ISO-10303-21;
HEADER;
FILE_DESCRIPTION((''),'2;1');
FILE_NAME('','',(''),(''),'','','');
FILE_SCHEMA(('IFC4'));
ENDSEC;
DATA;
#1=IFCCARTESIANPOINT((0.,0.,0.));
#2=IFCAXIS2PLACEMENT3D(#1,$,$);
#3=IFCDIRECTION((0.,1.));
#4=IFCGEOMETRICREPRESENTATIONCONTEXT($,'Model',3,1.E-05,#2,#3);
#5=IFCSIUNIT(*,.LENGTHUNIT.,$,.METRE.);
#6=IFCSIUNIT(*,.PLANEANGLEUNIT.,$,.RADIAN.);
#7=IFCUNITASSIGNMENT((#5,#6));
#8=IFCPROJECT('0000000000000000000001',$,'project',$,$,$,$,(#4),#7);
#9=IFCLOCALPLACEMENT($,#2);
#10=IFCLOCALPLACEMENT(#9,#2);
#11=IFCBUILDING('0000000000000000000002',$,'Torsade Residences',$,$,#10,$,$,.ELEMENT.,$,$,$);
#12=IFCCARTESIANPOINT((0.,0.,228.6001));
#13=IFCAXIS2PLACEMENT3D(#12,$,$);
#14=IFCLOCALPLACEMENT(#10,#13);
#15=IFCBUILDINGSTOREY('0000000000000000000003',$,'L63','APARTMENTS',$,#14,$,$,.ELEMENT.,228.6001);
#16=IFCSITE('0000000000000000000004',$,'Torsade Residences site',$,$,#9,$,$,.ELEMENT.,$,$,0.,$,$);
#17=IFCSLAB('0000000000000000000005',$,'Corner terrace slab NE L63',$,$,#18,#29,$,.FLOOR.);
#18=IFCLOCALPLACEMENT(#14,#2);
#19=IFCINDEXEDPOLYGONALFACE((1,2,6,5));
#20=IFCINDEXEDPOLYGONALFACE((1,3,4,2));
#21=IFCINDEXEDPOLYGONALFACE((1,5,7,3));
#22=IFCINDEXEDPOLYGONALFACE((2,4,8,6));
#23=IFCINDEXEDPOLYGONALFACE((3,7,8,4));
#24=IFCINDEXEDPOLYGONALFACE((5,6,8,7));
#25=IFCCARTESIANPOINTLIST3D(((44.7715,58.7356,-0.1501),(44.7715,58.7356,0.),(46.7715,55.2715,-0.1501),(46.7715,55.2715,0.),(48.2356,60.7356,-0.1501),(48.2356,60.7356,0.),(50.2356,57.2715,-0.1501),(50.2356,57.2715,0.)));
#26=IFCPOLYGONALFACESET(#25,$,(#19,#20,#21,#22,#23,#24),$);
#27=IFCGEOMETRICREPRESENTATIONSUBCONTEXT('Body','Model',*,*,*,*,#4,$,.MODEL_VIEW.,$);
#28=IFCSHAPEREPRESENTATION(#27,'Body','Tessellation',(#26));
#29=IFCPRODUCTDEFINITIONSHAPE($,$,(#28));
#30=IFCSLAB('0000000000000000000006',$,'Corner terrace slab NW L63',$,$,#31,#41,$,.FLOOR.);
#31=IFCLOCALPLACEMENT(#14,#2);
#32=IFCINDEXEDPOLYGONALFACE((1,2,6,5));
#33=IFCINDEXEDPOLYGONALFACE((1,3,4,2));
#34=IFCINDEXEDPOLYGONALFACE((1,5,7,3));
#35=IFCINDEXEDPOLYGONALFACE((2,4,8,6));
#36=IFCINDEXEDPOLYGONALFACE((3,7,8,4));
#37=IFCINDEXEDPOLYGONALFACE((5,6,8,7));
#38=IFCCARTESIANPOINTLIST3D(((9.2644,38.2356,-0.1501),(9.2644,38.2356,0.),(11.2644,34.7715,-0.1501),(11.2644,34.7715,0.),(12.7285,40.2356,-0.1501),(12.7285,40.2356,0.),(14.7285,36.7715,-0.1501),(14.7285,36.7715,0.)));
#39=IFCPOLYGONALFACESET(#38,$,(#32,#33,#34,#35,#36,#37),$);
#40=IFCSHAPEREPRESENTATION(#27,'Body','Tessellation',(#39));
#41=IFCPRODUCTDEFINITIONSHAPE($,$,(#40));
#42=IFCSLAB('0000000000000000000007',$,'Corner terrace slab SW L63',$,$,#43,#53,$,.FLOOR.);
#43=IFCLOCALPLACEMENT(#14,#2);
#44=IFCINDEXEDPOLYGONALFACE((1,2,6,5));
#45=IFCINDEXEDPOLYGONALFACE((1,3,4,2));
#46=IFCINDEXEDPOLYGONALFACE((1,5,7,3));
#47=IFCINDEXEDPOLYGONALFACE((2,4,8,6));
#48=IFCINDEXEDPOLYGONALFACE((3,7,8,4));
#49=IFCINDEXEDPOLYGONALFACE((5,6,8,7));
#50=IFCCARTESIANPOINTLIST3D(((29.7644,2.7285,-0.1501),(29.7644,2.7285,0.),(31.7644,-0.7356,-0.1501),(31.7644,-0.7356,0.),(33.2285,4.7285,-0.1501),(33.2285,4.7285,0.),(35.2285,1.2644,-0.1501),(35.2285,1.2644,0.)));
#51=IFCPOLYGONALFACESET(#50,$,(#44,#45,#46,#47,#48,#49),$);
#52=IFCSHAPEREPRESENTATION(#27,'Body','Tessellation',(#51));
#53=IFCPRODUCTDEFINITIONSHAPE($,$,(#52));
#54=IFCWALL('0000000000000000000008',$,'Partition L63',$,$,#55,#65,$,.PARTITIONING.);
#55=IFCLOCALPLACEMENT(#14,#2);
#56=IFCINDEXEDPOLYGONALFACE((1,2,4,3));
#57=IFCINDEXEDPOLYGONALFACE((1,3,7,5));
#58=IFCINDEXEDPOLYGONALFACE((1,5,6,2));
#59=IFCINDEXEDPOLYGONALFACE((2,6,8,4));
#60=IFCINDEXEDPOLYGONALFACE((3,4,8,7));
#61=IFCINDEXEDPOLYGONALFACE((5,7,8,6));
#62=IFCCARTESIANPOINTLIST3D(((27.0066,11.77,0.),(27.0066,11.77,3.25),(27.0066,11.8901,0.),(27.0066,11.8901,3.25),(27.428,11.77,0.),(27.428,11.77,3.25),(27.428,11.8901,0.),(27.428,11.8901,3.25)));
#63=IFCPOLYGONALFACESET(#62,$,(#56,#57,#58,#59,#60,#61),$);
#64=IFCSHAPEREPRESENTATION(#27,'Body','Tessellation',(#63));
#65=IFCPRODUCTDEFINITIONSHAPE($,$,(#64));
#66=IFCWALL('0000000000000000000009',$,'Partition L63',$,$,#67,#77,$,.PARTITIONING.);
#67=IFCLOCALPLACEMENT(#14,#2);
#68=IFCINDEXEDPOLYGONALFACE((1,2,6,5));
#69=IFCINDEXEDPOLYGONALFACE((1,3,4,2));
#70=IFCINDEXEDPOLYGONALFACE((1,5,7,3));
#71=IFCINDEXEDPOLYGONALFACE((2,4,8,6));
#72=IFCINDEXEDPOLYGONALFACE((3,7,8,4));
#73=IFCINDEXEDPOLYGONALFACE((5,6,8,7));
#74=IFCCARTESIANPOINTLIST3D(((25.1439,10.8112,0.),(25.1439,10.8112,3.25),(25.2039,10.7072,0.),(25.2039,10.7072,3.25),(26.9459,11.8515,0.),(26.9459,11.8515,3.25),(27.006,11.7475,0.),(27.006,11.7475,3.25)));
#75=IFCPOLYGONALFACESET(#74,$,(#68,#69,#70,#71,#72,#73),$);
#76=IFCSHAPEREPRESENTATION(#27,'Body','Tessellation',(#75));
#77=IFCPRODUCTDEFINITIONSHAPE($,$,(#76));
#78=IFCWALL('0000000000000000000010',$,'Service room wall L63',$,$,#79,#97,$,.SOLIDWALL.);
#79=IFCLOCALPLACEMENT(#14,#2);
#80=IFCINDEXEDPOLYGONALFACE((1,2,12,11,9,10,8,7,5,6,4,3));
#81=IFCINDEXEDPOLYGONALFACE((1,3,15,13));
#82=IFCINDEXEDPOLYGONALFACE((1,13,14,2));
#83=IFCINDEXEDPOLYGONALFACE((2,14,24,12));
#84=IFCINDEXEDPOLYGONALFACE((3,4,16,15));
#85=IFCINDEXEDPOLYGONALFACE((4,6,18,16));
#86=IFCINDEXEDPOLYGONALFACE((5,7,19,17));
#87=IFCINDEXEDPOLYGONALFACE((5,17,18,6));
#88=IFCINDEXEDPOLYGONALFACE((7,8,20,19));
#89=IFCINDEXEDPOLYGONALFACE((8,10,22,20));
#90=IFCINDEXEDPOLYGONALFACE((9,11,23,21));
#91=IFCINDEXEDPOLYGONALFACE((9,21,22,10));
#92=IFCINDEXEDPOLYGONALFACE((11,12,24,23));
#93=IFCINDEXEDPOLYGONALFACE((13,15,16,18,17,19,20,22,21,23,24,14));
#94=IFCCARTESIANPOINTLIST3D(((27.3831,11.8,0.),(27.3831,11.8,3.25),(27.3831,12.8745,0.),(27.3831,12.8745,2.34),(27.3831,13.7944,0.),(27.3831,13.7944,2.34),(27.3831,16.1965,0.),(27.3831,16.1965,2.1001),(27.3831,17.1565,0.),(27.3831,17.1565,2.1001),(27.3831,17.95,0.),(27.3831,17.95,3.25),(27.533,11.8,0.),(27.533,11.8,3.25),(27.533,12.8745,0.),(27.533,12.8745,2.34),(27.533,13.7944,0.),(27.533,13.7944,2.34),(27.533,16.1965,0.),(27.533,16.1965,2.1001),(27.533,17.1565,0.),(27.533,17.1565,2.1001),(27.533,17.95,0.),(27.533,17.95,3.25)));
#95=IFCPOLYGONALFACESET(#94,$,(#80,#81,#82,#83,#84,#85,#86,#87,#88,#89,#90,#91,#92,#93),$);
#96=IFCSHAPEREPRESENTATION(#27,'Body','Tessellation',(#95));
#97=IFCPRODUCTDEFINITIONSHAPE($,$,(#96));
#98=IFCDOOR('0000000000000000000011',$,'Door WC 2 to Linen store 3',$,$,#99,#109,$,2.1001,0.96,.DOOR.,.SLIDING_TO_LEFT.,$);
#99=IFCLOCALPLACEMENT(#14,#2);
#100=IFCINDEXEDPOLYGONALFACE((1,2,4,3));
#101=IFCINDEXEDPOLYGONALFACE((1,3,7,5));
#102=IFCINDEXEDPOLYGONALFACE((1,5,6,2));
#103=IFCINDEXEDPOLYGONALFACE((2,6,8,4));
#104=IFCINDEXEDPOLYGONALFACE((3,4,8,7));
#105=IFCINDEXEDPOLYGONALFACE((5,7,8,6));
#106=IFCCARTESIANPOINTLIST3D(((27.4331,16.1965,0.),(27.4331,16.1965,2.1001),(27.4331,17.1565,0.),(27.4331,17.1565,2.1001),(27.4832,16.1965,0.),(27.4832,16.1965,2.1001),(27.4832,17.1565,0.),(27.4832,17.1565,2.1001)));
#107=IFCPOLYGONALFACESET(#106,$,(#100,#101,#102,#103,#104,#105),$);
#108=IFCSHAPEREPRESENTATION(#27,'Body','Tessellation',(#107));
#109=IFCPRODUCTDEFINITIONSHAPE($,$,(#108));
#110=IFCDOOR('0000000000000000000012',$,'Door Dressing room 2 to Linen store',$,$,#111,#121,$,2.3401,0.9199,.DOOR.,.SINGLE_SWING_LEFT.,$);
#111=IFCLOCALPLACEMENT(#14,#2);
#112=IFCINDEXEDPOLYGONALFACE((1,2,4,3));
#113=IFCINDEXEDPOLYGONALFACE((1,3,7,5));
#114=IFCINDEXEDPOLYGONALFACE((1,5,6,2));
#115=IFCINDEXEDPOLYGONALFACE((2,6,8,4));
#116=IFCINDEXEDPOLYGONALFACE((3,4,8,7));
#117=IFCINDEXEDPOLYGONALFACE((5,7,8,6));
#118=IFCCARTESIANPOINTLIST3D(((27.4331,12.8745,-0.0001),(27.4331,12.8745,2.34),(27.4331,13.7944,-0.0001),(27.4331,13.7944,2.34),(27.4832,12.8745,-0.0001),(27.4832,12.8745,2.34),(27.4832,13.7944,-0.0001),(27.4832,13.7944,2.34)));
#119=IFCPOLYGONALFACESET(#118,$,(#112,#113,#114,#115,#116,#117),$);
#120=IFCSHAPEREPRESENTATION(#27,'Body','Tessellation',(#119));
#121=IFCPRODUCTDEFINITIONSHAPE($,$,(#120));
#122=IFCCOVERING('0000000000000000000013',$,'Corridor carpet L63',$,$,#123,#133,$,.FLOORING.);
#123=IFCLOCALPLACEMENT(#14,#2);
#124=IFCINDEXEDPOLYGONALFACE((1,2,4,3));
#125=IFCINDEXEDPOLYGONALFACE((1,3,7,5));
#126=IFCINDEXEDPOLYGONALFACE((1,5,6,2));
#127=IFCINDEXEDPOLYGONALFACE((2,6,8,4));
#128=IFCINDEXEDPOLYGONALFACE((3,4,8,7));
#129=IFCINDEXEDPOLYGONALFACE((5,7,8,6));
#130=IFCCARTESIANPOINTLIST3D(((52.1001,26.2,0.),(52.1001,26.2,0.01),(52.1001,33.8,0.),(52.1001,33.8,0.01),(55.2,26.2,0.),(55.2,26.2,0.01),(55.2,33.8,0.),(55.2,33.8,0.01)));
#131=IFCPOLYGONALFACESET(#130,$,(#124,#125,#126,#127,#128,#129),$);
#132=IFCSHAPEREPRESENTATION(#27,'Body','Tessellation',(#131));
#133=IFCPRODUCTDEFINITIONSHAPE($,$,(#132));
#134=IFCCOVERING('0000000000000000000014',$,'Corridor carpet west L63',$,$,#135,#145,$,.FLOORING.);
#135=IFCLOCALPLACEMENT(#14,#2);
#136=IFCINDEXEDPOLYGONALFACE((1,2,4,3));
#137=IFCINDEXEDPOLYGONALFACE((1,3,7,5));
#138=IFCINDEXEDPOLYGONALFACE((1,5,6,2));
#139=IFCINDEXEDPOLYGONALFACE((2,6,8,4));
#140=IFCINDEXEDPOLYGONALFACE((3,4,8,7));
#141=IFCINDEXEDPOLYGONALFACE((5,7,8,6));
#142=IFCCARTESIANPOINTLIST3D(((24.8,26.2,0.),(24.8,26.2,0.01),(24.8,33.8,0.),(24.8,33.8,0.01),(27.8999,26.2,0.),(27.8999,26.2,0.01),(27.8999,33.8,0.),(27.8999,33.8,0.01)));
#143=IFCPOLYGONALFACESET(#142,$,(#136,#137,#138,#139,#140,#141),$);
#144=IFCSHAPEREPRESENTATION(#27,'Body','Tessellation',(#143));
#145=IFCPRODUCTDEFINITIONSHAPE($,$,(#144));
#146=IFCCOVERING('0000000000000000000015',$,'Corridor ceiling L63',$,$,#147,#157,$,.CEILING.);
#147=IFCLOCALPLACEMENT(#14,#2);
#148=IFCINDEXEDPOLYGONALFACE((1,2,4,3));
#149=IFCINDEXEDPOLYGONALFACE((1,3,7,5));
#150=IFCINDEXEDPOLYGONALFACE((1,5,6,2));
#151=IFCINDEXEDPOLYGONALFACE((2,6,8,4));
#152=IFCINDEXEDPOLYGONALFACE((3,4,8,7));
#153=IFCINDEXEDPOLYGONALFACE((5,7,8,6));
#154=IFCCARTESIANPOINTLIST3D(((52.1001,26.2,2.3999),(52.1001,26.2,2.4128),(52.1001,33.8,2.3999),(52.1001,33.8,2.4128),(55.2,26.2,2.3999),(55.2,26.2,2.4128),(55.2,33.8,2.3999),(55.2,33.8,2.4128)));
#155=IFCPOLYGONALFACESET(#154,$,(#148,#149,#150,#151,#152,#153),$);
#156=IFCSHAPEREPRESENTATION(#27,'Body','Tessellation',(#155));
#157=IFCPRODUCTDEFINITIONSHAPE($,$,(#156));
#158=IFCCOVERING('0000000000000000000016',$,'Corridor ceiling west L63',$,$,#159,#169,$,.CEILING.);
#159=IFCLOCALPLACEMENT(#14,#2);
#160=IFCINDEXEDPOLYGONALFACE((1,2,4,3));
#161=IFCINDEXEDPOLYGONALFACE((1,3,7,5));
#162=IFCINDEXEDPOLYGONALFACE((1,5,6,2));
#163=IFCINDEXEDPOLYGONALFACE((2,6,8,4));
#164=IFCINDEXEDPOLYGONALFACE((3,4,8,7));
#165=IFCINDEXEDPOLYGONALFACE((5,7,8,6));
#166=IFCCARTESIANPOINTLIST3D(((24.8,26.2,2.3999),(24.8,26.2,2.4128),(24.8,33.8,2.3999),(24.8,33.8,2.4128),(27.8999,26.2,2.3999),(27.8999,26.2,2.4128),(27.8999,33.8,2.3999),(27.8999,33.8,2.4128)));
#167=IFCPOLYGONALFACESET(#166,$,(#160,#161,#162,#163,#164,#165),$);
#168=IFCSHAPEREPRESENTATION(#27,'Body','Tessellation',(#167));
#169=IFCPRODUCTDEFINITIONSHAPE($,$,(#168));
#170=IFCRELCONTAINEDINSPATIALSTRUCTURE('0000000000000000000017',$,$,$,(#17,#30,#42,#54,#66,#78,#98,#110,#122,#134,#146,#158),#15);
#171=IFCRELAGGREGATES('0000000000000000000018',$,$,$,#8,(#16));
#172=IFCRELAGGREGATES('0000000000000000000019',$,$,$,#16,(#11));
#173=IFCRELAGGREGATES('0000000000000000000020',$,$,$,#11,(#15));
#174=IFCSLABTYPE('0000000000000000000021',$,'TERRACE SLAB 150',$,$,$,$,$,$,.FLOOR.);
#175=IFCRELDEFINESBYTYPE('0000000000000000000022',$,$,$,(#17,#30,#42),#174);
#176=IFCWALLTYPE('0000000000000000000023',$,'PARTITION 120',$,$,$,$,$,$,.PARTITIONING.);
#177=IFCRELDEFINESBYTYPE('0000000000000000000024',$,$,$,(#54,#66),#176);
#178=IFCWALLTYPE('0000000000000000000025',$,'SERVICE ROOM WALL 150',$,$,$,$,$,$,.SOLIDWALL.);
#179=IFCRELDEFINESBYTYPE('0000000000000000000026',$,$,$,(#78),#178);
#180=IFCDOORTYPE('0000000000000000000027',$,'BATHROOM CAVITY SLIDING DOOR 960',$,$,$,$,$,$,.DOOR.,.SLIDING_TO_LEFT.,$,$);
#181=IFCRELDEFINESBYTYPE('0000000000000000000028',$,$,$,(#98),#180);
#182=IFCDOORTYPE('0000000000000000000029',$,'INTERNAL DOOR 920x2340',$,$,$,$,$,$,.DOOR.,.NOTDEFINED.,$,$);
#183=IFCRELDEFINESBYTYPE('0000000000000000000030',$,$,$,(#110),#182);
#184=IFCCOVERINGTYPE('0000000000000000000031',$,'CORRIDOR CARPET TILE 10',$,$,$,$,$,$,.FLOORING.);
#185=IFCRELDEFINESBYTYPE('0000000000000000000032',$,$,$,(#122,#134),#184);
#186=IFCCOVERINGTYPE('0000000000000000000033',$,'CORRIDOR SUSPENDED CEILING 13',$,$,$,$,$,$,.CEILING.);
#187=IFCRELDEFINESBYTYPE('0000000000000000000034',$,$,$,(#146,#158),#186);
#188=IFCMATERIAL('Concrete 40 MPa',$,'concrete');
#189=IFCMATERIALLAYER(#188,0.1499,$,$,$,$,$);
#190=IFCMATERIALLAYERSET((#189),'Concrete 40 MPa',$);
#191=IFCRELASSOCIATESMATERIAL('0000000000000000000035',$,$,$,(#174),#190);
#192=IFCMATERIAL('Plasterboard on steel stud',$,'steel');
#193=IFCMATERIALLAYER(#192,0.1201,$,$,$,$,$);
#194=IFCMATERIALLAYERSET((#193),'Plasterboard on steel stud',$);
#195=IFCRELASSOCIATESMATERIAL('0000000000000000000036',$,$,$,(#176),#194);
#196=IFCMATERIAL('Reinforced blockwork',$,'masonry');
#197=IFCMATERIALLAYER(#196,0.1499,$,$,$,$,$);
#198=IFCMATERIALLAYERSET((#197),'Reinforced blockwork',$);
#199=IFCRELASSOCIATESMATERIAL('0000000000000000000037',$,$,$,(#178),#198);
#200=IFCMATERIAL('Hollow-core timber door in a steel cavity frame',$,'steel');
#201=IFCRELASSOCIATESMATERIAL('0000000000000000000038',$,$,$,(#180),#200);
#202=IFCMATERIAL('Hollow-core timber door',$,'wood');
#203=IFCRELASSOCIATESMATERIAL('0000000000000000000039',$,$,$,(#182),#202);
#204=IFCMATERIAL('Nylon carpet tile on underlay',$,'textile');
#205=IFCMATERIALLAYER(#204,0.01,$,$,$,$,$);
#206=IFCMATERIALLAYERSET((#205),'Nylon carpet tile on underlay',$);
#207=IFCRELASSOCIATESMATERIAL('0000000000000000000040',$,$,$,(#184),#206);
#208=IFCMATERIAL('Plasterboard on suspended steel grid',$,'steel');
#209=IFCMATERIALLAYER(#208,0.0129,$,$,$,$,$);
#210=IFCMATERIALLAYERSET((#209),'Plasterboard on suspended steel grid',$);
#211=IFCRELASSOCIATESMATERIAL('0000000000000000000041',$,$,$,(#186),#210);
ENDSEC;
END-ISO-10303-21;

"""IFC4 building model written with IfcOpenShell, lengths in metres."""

from ifc_helpers import new_model, si_unit, direction, frame, frame_2d, origin, place, context, subcontext, project, spatial, polyline, rectangle, outline, extrude, material, layer, layer_set, type_object, element, fill, save


model = new_model("IFC4")

# Units and contexts
model_context = context("Model", 3, precision=1e-05, world=origin(), true_north=direction((0.0, 1.0)))
body_context = subcontext(model_context, "Body", "Model", "MODEL_VIEW")
ifc_project = project(units=[si_unit("LENGTHUNIT", "METRE"), si_unit("PLANEANGLEUNIT", "RADIAN")], contexts=[model_context])

# Site, building, storey
site_placement = place(None, origin())
site = spatial("IfcSite", under=ifc_project, at=site_placement, Name="Torsade Residences site", CompositionType="ELEMENT", RefElevation=0.0)
building_placement = place(site_placement, origin())
building = spatial("IfcBuilding", under=site, at=building_placement, Name="Torsade Residences", CompositionType="ELEMENT")
storey_placement = place(building_placement, frame((0.0, 0.0, 228.6001)))
storey = spatial("IfcBuildingStorey", under=building, at=storey_placement, Name="L63", Description="APARTMENTS", CompositionType="ELEMENT", Elevation=228.6001)

# Slabs
ifc_material_1 = material(Name="Concrete 40 MPa", Category="concrete")
ifc_layer_1 = layer(ifc_material_1, 0.1499)
ifc_layer_set_1 = layer_set([ifc_layer_1], Name="Concrete 40 MPa")
slab_type_1 = type_object("IfcSlabType", Name="TERRACE SLAB 150", PredefinedType="FLOOR", material=ifc_layer_set_1)
slab_1_placement = place(storey_placement, frame((0.0, 0.0, -0.1501)))
element("IfcSlab", 1, at=slab_1_placement, inside=storey, type_object=slab_type_1, Name="Corner terrace slab NE L63", PredefinedType="FLOOR", context=body_context, shape_type="SweptSolid", body=[
    extrude(outline(polyline([(46.7715, 55.2715), (50.2356, 57.2715), (48.2356, 60.7356), (44.7715, 58.7356), (46.7715, 55.2715)])), origin(), (0.0, 0.0, 1.0), 0.1501),
])
slab_2_placement = place(storey_placement, frame((0.0, 0.0, -0.1501)))
element("IfcSlab", 2, at=slab_2_placement, inside=storey, type_object=slab_type_1, Name="Corner terrace slab NW L63", PredefinedType="FLOOR", context=body_context, shape_type="SweptSolid", body=[
    extrude(outline(polyline([(11.2644, 34.7715), (14.7285, 36.7715), (12.7285, 40.2356), (9.2644, 38.2356), (11.2644, 34.7715)])), origin(), (0.0, 0.0, 1.0), 0.1501),
])
slab_3_placement = place(storey_placement, frame((0.0, 0.0, -0.1501)))
element("IfcSlab", 3, at=slab_3_placement, inside=storey, type_object=slab_type_1, Name="Corner terrace slab SW L63", PredefinedType="FLOOR", context=body_context, shape_type="SweptSolid", body=[
    extrude(outline(polyline([(31.7644, -0.7356), (35.2285, 1.2644), (33.2285, 4.7285), (29.7644, 2.7285), (31.7644, -0.7356)])), origin(), (0.0, 0.0, 1.0), 0.1501),
])

# Walls
ifc_material_2 = material(Name="Plasterboard on steel stud", Category="steel")
ifc_layer_2 = layer(ifc_material_2, 0.1201)
ifc_layer_set_2 = layer_set([ifc_layer_2], Name="Plasterboard on steel stud")
wall_type_1 = type_object("IfcWallType", Name="PARTITION 120", PredefinedType="PARTITIONING", material=ifc_layer_set_2)
wall_1_placement = place(storey_placement, frame((27.428, 11.8301, 0.0), z_axis=(0.0, 0.0, 1.0), x_axis=(-1.0, 0.0, 0.0)))
element("IfcWall", 4, at=wall_1_placement, inside=storey, type_object=wall_type_1, Name="Partition L63", PredefinedType="PARTITIONING", context=body_context, shape_type="SweptSolid", body=[
    extrude(rectangle(XDim=0.4214, YDim=0.1201, at=frame_2d((0.2107, 0.0))), origin(), (0.0, 0.0, 1.0), 3.25),
])
wall_2_placement = place(storey_placement, frame((26.9761, 11.7996, 0.0), z_axis=(0.0, 0.0, 1.0), x_axis=(-0.866047, -0.499963, 0.0)))
element("IfcWall", 5, at=wall_2_placement, inside=storey, type_object=wall_type_1, Name="Partition L63", PredefinedType="PARTITIONING", context=body_context, shape_type="SweptSolid", body=[
    extrude(rectangle(XDim=2.0808, YDim=0.1201, at=frame_2d((1.0405, 0.0))), origin(), (0.0, 0.0, 1.0), 3.25),
])

# Wall, openings, doors
ifc_material_3 = material(Name="Reinforced blockwork", Category="masonry")
ifc_layer_3 = layer(ifc_material_3, 0.1499)
ifc_layer_set_3 = layer_set([ifc_layer_3], Name="Reinforced blockwork")
wall_type_2 = type_object("IfcWallType", Name="SERVICE ROOM WALL 150", PredefinedType="SOLIDWALL", material=ifc_layer_set_3)
wall_3_placement = place(storey_placement, frame((27.458, 11.8, 0.0), z_axis=(0.0, 0.0, 1.0), x_axis=(0.0, 1.0, 0.0)))
wall_3 = element("IfcWall", 6, at=wall_3_placement, inside=storey, type_object=wall_type_2, Name="Service room wall L63", PredefinedType="SOLIDWALL", context=body_context, shape_type="SweptSolid", body=[
    extrude(rectangle(XDim=6.1499, YDim=0.1499, at=frame_2d((3.075, 0.0))), origin(), (0.0, 0.0, 1.0), 3.25),
])
opening_1_placement = place(wall_3_placement, frame((4.3965, 0.0, 0.0)))
opening_1 = element("IfcOpeningElement", 7, at=opening_1_placement, cuts=wall_3, PredefinedType="OPENING", context=body_context, shape_type="SweptSolid", body=[
    extrude(rectangle(XDim=0.96, YDim=2.1001, at=frame_2d((0.48, 1.05))), frame((0.0, 0.085, 0.0), z_axis=(0.0, -1.0, 0.0), x_axis=(1.0, 0.0, 0.0)), (0.0, 0.0, 1.0), 0.1699),
])
opening_2_placement = place(wall_3_placement, frame((1.0745, 0.0, 0.0)))
opening_2 = element("IfcOpeningElement", 8, at=opening_2_placement, cuts=wall_3, PredefinedType="OPENING", context=body_context, shape_type="SweptSolid", body=[
    extrude(rectangle(XDim=0.9199, YDim=2.3401, at=frame_2d((0.46, 1.1699))), frame((0.0, 0.085, 0.0), z_axis=(0.0, -1.0, 0.0), x_axis=(1.0, 0.0, 0.0)), (0.0, 0.0, 1.0), 0.1699),
])
ifc_material_4 = material(Name="Hollow-core timber door in a steel cavity frame", Category="steel")
door_type_1 = type_object("IfcDoorType", Name="BATHROOM CAVITY SLIDING DOOR 960", OperationType="SLIDING_TO_LEFT", PredefinedType="DOOR", material=ifc_material_4)
door_1_placement = place(opening_1_placement, origin())
door_1 = element("IfcDoor", 9, at=door_1_placement, inside=storey, type_object=door_type_1, Name="Door WC 2 to Linen store 3", OperationType="SLIDING_TO_LEFT", OverallHeight=2.1001, OverallWidth=0.96, PredefinedType="DOOR", context=body_context, shape_type="SweptSolid", body=[
    extrude(rectangle(XDim=0.96, YDim=2.1001, at=frame_2d((0.48, 1.05))), frame((0.0, 0.0249, 0.0), z_axis=(0.0, -1.0, 0.0), x_axis=(1.0, 0.0, 0.0)), (0.0, 0.0, 1.0), 0.05),
])
fill(opening_1, door_1)
ifc_material_5 = material(Name="Hollow-core timber door", Category="wood")
door_type_2 = type_object("IfcDoorType", Name="INTERNAL DOOR 920x2340", OperationType="NOTDEFINED", PredefinedType="DOOR", material=ifc_material_5)
door_2_placement = place(opening_2_placement, origin())
door_2 = element("IfcDoor", 10, at=door_2_placement, inside=storey, type_object=door_type_2, Name="Door Dressing room 2 to Linen store", OperationType="SINGLE_SWING_LEFT", OverallHeight=2.3401, OverallWidth=0.9199, PredefinedType="DOOR", context=body_context, shape_type="SweptSolid", body=[
    extrude(rectangle(XDim=0.9199, YDim=2.3401, at=frame_2d((0.46, 1.1699))), frame((0.0, 0.0249, 0.0), z_axis=(0.0, -1.0, 0.0), x_axis=(1.0, 0.0, 0.0)), (0.0, 0.0, 1.0), 0.05),
])
fill(opening_2, door_2)

# Coverings
ifc_material_6 = material(Name="Nylon carpet tile on underlay", Category="textile")
ifc_layer_4 = layer(ifc_material_6, 0.01)
ifc_layer_set_4 = layer_set([ifc_layer_4], Name="Nylon carpet tile on underlay")
covering_type_1 = type_object("IfcCoveringType", Name="CORRIDOR CARPET TILE 10", PredefinedType="FLOORING", material=ifc_layer_set_4)
covering_1_placement = place(storey_placement, origin())
element("IfcCovering", 11, at=covering_1_placement, inside=storey, type_object=covering_type_1, Name="Corridor carpet L63", PredefinedType="FLOORING", context=body_context, shape_type="SweptSolid", body=[
    extrude(outline(polyline([(55.2, 26.2), (55.2, 33.8), (52.1001, 33.8), (52.1001, 26.2), (55.2, 26.2)])), origin(), (0.0, 0.0, 1.0), 0.01),
])
covering_2_placement = place(storey_placement, origin())
element("IfcCovering", 12, at=covering_2_placement, inside=storey, type_object=covering_type_1, Name="Corridor carpet west L63", PredefinedType="FLOORING", context=body_context, shape_type="SweptSolid", body=[
    extrude(outline(polyline([(27.8999, 26.2), (27.8999, 33.8), (24.8, 33.8), (24.8, 26.2), (27.8999, 26.2)])), origin(), (0.0, 0.0, 1.0), 0.01),
])
ifc_material_7 = material(Name="Plasterboard on suspended steel grid", Category="steel")
ifc_layer_5 = layer(ifc_material_7, 0.0129)
ifc_layer_set_5 = layer_set([ifc_layer_5], Name="Plasterboard on suspended steel grid")
covering_type_2 = type_object("IfcCoveringType", Name="CORRIDOR SUSPENDED CEILING 13", PredefinedType="CEILING", material=ifc_layer_set_5)
covering_3_placement = place(storey_placement, frame((0.0, 0.0, 2.3999)))
element("IfcCovering", 13, at=covering_3_placement, inside=storey, type_object=covering_type_2, Name="Corridor ceiling L63", PredefinedType="CEILING", context=body_context, shape_type="SweptSolid", body=[
    extrude(outline(polyline([(55.2, 26.2), (55.2, 33.8), (52.1001, 33.8), (52.1001, 26.2), (55.2, 26.2)])), origin(), (0.0, 0.0, 1.0), 0.0129),
])
covering_4_placement = place(storey_placement, frame((0.0, 0.0, 2.3999)))
element("IfcCovering", 14, at=covering_4_placement, inside=storey, type_object=covering_type_2, Name="Corridor ceiling west L63", PredefinedType="CEILING", context=body_context, shape_type="SweptSolid", body=[
    extrude(outline(polyline([(27.8999, 26.2), (27.8999, 33.8), (24.8, 33.8), (24.8, 26.2), (27.8999, 26.2)])), origin(), (0.0, 0.0, 1.0), 0.0129),
])

save(model, "model.ifc")
